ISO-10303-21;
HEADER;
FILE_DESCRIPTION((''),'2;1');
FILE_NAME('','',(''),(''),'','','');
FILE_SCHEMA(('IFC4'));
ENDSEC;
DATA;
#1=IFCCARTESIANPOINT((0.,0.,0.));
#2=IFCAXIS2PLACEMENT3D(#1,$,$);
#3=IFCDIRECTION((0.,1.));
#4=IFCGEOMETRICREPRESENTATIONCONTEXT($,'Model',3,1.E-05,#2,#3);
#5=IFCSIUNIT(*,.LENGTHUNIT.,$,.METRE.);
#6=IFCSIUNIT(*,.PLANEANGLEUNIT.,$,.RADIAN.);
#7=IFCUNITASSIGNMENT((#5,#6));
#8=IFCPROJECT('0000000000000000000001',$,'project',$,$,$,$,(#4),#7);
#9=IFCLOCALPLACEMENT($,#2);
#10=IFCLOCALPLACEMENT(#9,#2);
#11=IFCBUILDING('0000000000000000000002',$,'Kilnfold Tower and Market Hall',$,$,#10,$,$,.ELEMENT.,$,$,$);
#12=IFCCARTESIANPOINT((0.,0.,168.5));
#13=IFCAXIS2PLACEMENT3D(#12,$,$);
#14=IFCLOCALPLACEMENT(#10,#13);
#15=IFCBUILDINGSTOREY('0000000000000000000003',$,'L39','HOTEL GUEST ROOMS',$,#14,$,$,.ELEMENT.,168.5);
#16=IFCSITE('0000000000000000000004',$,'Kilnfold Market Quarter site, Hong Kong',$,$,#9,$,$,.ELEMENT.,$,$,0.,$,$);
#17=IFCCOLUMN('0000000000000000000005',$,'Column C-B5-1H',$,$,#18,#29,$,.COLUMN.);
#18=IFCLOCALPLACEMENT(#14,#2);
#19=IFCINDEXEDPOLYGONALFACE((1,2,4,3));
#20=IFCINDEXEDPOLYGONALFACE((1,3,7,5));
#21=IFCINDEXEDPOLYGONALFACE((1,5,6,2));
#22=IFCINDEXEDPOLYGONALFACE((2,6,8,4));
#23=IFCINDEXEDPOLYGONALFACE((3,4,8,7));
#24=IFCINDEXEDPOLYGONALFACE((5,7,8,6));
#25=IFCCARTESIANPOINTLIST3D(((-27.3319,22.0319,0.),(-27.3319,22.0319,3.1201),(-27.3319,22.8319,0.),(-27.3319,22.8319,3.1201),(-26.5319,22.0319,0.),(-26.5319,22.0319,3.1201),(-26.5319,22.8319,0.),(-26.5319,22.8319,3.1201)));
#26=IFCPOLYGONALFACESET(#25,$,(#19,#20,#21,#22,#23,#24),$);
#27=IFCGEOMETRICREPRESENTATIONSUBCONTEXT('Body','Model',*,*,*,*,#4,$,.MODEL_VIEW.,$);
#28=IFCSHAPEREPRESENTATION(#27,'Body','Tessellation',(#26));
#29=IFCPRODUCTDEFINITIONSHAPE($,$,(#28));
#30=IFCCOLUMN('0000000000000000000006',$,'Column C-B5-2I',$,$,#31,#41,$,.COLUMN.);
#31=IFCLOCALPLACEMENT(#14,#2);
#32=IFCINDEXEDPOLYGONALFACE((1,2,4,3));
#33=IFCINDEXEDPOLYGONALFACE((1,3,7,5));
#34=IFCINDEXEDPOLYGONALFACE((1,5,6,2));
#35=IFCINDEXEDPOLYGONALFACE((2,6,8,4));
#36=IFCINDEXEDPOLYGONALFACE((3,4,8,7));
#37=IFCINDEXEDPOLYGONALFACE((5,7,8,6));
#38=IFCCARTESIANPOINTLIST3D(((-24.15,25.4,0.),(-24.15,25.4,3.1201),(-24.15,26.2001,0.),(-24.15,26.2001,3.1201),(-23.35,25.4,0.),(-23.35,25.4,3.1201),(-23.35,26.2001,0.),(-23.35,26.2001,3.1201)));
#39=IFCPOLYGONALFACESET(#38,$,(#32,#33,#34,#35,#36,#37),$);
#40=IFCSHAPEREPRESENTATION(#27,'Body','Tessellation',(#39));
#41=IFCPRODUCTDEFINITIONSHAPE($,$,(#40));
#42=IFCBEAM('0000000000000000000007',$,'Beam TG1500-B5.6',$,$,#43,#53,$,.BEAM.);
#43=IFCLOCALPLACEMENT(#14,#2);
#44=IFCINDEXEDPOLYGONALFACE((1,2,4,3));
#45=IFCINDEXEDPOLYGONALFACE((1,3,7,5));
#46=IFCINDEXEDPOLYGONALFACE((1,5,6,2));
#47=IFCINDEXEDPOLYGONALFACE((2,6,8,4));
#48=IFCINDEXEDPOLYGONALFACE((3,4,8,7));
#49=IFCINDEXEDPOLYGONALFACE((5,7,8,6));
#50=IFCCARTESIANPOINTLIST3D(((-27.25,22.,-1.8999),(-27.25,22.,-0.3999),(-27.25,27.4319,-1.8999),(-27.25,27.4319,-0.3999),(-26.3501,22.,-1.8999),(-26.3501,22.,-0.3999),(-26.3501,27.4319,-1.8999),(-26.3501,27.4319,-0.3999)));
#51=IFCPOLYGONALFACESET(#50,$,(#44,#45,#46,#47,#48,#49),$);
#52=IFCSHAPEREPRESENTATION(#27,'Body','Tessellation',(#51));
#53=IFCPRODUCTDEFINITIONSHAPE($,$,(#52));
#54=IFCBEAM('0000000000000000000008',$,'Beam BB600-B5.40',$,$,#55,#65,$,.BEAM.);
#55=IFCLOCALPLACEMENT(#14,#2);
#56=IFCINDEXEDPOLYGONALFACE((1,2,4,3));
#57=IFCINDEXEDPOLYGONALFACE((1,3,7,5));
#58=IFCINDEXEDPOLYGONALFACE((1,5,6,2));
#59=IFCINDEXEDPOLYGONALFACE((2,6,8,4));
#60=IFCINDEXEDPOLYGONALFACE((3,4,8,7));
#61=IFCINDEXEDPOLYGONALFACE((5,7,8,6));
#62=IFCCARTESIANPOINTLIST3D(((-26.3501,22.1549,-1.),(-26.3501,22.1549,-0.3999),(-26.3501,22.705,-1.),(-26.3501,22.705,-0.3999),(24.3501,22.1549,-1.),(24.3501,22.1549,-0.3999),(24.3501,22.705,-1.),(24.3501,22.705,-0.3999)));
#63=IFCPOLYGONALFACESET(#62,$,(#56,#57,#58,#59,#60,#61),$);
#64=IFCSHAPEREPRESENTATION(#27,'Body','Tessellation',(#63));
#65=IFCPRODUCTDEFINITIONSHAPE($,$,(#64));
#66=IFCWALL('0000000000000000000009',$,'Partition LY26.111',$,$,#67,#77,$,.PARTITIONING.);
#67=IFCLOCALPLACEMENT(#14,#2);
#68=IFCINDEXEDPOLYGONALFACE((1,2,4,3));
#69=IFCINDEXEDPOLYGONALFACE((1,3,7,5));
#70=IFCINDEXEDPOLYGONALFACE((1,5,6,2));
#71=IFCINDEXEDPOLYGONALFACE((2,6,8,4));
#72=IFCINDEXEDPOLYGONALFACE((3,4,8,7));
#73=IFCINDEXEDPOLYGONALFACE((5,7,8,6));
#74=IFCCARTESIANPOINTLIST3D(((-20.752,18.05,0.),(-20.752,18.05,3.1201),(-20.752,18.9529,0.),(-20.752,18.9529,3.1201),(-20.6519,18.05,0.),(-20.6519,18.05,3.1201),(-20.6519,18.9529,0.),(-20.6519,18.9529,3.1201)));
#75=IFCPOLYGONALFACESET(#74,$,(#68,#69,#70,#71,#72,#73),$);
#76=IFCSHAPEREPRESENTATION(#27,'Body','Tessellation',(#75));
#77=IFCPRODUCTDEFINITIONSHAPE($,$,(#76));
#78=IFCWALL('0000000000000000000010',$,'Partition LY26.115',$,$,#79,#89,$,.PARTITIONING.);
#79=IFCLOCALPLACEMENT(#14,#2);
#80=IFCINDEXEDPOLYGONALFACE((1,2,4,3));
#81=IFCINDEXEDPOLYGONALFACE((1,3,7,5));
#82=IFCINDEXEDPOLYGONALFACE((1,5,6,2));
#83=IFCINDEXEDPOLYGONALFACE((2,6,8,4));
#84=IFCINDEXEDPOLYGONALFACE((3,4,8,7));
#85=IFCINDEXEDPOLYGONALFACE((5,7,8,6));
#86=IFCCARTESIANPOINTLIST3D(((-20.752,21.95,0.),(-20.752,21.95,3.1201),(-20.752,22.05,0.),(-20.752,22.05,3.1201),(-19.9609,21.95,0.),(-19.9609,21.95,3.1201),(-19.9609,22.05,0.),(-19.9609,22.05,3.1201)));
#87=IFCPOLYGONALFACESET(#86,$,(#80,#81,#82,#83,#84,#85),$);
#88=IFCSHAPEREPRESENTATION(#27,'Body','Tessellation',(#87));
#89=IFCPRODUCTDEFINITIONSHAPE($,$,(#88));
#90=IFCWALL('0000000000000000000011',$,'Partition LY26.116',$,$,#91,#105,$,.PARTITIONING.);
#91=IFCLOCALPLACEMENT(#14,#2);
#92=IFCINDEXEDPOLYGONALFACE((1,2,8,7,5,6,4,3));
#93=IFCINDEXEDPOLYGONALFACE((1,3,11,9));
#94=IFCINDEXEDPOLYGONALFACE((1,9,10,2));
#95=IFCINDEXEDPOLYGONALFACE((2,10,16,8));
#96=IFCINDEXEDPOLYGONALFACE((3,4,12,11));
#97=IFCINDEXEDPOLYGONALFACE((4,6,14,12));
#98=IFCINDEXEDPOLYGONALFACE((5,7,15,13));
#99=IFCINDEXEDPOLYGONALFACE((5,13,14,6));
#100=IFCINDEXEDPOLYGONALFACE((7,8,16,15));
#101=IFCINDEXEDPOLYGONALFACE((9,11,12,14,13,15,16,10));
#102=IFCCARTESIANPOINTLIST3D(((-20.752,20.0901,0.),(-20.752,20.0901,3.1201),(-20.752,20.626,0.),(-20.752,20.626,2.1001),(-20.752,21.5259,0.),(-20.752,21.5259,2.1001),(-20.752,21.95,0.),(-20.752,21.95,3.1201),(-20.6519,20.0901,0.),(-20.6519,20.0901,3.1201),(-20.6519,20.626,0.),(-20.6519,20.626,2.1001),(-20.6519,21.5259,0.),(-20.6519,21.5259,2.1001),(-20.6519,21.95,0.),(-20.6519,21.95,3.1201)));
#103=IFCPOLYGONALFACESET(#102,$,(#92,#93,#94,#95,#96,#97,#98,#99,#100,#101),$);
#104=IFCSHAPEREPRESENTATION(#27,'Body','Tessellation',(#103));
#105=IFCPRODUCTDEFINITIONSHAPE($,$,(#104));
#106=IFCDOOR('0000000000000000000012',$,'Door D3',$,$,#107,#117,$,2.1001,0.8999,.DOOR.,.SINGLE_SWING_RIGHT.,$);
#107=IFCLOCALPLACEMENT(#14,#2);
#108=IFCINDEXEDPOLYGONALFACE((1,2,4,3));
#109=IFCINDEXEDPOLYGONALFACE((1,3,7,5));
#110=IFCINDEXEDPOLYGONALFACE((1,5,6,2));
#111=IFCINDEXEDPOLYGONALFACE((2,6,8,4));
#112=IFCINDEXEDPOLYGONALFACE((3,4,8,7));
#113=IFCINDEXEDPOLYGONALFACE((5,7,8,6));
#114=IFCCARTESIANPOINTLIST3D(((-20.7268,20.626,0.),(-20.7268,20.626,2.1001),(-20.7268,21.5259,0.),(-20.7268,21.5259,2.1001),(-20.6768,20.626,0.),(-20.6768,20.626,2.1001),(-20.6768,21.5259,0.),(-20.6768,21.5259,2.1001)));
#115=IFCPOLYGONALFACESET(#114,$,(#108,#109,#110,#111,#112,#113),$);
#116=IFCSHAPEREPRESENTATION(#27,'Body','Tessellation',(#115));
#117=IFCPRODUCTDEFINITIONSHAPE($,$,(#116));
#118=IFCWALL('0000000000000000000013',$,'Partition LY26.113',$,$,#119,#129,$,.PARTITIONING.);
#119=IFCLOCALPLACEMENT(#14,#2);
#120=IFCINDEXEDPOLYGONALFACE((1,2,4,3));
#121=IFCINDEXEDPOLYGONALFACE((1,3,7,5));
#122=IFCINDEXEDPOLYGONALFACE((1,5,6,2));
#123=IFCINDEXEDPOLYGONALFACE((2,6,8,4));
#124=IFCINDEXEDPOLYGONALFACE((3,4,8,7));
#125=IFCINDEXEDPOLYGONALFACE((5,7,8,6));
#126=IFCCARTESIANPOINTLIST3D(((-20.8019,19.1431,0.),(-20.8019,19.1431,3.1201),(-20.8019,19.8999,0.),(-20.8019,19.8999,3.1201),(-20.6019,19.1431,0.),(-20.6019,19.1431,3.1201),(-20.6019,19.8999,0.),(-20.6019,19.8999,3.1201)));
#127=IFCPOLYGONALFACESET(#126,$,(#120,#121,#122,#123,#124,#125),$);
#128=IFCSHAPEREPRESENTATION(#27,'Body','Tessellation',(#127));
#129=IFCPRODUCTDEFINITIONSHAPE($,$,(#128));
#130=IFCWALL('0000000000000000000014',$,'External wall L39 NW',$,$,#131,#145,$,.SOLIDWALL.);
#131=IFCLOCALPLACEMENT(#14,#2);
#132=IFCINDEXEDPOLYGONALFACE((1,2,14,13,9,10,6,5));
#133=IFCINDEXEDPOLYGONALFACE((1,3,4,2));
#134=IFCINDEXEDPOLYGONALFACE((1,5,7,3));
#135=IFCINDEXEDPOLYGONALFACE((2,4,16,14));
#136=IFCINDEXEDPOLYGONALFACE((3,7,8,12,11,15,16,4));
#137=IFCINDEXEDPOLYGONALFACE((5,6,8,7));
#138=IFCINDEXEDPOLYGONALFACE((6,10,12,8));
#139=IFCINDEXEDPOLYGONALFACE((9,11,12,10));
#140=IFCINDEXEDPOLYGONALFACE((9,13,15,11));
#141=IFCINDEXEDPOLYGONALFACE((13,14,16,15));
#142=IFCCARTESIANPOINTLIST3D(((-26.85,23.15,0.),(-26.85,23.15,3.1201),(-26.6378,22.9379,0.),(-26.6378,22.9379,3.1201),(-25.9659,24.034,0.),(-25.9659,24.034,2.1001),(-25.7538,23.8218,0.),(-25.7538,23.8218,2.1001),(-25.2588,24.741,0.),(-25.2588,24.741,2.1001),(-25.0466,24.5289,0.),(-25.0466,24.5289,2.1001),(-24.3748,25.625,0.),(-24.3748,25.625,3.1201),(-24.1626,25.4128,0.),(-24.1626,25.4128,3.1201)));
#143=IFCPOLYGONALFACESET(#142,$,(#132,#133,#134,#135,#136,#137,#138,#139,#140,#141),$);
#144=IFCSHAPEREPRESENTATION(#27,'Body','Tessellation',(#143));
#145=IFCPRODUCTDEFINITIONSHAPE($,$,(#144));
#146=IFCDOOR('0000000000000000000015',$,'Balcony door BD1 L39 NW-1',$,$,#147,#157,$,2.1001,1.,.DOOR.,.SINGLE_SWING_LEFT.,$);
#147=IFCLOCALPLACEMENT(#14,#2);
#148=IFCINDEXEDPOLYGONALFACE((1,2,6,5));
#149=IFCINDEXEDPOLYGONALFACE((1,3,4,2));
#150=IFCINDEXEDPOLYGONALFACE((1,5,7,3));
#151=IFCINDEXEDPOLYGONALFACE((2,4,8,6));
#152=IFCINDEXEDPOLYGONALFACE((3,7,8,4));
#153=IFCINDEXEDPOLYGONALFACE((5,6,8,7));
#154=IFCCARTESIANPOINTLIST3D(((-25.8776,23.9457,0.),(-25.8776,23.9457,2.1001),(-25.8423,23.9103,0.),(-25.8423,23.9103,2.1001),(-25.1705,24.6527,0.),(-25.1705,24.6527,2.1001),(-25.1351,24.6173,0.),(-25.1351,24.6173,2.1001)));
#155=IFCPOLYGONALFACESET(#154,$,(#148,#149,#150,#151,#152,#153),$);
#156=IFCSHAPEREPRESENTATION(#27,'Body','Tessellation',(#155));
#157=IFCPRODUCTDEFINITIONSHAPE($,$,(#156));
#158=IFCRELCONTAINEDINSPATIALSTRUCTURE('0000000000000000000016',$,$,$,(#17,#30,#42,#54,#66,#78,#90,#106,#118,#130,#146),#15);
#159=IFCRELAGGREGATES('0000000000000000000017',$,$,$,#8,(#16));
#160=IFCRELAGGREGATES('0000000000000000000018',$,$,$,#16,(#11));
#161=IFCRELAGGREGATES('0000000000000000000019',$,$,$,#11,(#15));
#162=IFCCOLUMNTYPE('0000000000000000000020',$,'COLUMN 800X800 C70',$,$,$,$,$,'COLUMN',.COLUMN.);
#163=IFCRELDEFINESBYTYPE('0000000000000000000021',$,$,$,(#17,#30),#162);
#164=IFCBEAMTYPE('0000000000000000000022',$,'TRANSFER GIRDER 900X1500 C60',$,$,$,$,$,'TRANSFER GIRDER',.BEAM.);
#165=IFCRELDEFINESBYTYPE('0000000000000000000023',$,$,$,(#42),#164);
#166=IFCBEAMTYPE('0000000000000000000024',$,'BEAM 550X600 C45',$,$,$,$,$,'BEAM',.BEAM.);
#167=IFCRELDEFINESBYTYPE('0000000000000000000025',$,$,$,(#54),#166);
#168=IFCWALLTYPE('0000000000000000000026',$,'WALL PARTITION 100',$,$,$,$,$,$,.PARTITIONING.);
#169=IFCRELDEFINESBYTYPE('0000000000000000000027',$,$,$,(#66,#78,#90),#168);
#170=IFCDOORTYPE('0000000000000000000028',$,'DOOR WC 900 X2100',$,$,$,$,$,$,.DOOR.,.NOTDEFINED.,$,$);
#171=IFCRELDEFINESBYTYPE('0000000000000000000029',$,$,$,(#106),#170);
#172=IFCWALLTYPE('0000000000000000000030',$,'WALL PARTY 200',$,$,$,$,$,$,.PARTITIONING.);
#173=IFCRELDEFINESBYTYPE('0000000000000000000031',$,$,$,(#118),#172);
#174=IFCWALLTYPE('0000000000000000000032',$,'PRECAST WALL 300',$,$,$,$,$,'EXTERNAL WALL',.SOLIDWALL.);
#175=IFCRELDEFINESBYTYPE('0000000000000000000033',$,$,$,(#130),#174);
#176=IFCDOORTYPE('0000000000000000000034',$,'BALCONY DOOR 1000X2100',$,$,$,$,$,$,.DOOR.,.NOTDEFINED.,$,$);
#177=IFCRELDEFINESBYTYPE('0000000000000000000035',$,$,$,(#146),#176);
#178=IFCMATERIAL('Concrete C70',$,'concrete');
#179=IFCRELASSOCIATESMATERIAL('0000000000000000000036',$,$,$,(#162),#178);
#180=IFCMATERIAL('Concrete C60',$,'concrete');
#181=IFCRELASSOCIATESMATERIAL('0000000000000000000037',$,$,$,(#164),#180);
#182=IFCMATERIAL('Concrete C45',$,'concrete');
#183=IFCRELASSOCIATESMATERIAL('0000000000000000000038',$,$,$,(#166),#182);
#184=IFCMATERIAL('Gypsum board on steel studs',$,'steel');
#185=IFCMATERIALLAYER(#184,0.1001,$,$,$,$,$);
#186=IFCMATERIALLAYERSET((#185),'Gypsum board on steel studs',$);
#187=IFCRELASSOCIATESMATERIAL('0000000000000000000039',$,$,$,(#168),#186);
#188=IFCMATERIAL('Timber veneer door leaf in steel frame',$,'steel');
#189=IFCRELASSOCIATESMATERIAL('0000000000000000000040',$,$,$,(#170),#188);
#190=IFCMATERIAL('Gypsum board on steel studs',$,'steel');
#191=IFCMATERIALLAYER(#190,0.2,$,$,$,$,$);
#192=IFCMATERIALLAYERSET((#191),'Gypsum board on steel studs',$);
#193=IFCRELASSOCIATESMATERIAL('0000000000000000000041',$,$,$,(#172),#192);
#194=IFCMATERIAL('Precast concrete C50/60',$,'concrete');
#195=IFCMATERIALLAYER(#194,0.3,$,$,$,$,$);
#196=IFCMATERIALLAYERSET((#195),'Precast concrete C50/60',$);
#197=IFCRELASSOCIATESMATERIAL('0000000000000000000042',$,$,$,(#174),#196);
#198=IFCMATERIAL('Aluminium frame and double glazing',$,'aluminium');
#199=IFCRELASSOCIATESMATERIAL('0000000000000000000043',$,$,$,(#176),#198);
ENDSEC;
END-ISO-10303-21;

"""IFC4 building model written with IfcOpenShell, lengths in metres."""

from ifc_helpers import new_model, si_unit, direction, frame, frame_2d, origin, origin_2d, place, context, subcontext, project, spatial, rectangle, extrude, source, transform, mapped, material, layer, layer_set, material_profile, profile_set, type_object, element, fill, save


model = new_model("IFC4")

# Units and contexts
model_context = context("Model", 3, precision=1e-05, world=origin(), true_north=direction((0.0, 1.0)))
body_context = subcontext(model_context, "Body", "Model", "MODEL_VIEW")
ifc_project = project(units=[si_unit("LENGTHUNIT", "METRE"), si_unit("PLANEANGLEUNIT", "RADIAN")], contexts=[model_context])

# Site, building, storey
site_placement = place(None, origin())
site = spatial("IfcSite", under=ifc_project, at=site_placement, Name="Kilnfold Market Quarter site, Hong Kong", CompositionType="ELEMENT", RefElevation=0.0)
building_placement = place(site_placement, origin())
building = spatial("IfcBuilding", under=site, at=building_placement, Name="Kilnfold Tower and Market Hall", CompositionType="ELEMENT")
storey_placement = place(building_placement, frame((0.0, 0.0, 168.5)))
storey = spatial("IfcBuildingStorey", under=building, at=storey_placement, Name="L39", Description="HOTEL GUEST ROOMS", CompositionType="ELEMENT", Elevation=168.5)

# Columns
ifc_material_1 = material(Name="Concrete C70", Category="concrete")
ifc_material_profile_1 = material_profile(ifc_material_1, rectangle(XDim=0.8, YDim=0.8, at=origin_2d()), Name="RC 800x800")
ifc_profile_set_1 = profile_set([ifc_material_profile_1], Name="Concrete C70")
column_type = type_object("IfcColumnType", Name="COLUMN 800X800 C70", ElementType="COLUMN", PredefinedType="COLUMN", material=ifc_profile_set_1)
shared_shape_1 = source(origin(), body_context, "Body", "SweptSolid", [
    extrude(rectangle(XDim=0.8, YDim=0.8, at=origin_2d()), origin(), (0.0, 0.0, 1.0), 3.1201),
])
for number, where, z_axis, x_axis, name in (
    (1, (-26.9319, 22.4319, 0.0), (0.0, 0.0, 1.0), (1.0, 0.0, 0.0), "Column C-B5-1H"),
    (2, (-23.75, 25.8, 0.0), (0.0, 0.0, 1.0), (1.0, 0.0, 0.0), "Column C-B5-2I"),
):
    element("IfcColumn", number, at=place(storey_placement, frame(where, z_axis=z_axis, x_axis=x_axis)), inside=storey, type_object=column_type, Name=name, PredefinedType="COLUMN", context=body_context, shape_type="MappedRepresentation", body=[
        mapped(shared_shape_1, transform((0.0, 0.0, 0.0))),
    ])

# Beams
ifc_material_2 = material(Name="Concrete C60", Category="concrete")
ifc_material_profile_2 = material_profile(ifc_material_2, rectangle(XDim=0.8999, YDim=1.5, at=origin_2d()), Name="RC 900x1500")
ifc_profile_set_2 = profile_set([ifc_material_profile_2], Name="Concrete C60")
beam_type_1 = type_object("IfcBeamType", Name="TRANSFER GIRDER 900X1500 C60", ElementType="TRANSFER GIRDER", PredefinedType="BEAM", material=ifc_profile_set_2)
shared_shape_2 = source(origin(), body_context, "Body", "SweptSolid", [
    extrude(rectangle(XDim=0.8999, YDim=1.5, at=origin_2d()), origin(), (0.0, 0.0, 1.0), 5.4319),
])
beam_1_placement = place(storey_placement, frame((-26.8, 22.0, -1.1499), z_axis=(0.0, 1.0, 0.0), x_axis=(-1.0, 0.0, 0.0)))
element("IfcBeam", 3, at=beam_1_placement, inside=storey, type_object=beam_type_1, Name="Beam TG1500-B5.6", PredefinedType="BEAM", context=body_context, shape_type="MappedRepresentation", body=[
    mapped(shared_shape_2, transform((0.0, 0.0, 0.0))),
])
ifc_material_3 = material(Name="Concrete C45", Category="concrete")
ifc_material_profile_3 = material_profile(ifc_material_3, rectangle(XDim=0.55, YDim=0.6001, at=origin_2d()), Name="RC 550x600")
ifc_profile_set_3 = profile_set([ifc_material_profile_3], Name="Concrete C45")
beam_type_2 = type_object("IfcBeamType", Name="BEAM 550X600 C45", ElementType="BEAM", PredefinedType="BEAM", material=ifc_profile_set_3)
shared_shape_3 = source(origin(), body_context, "Body", "SweptSolid", [
    extrude(rectangle(XDim=0.55, YDim=0.6001, at=origin_2d()), origin(), (0.0, 0.0, 1.0), 50.7002),
])
beam_2_placement = place(storey_placement, frame((-26.3501, 22.4299, -0.7), z_axis=(1.0, 0.0, 0.0), x_axis=(0.0, 1.0, 0.0)))
element("IfcBeam", 4, at=beam_2_placement, inside=storey, type_object=beam_type_2, Name="Beam BB600-B5.40", PredefinedType="BEAM", context=body_context, shape_type="MappedRepresentation", body=[
    mapped(shared_shape_3, transform((0.0, 0.0, 0.0))),
])

# Walls
ifc_material_4 = material(Name="Gypsum board on steel studs", Category="steel")
ifc_layer_1 = layer(ifc_material_4, 0.1001)
ifc_layer_set_1 = layer_set([ifc_layer_1], Name="Gypsum board on steel studs")
wall_type_1 = type_object("IfcWallType", Name="WALL PARTITION 100", PredefinedType="PARTITIONING", material=ifc_layer_set_1)
wall_1_placement = place(storey_placement, frame((-20.7019, 18.05, 0.0), z_axis=(0.0, 0.0, 1.0), x_axis=(0.0, 1.0, 0.0)))
element("IfcWall", 5, at=wall_1_placement, inside=storey, type_object=wall_type_1, Name="Partition LY26.111", PredefinedType="PARTITIONING", context=body_context, shape_type="SweptSolid", body=[
    extrude(rectangle(XDim=0.9028, YDim=0.1001, at=frame_2d((0.4514, 0.0))), origin(), (0.0, 0.0, 1.0), 3.1201),
])
wall_2_placement = place(storey_placement, frame((-20.752, 22.0, 0.0), z_axis=(0.0, 0.0, 1.0), x_axis=(1.0, 0.0, 0.0)))
element("IfcWall", 6, at=wall_2_placement, inside=storey, type_object=wall_type_1, Name="Partition LY26.115", PredefinedType="PARTITIONING", context=body_context, shape_type="SweptSolid", body=[
    extrude(rectangle(XDim=0.791, YDim=0.1001, at=frame_2d((0.3955, 0.0))), origin(), (0.0, 0.0, 1.0), 3.1201),
])

# Wall, opening, door
wall_3_placement = place(storey_placement, frame((-20.7019, 20.0901, 0.0), z_axis=(0.0, 0.0, 1.0), x_axis=(0.0, 1.0, 0.0)))
wall_3 = element("IfcWall", 7, at=wall_3_placement, inside=storey, type_object=wall_type_1, Name="Partition LY26.116", PredefinedType="PARTITIONING", context=body_context, shape_type="SweptSolid", body=[
    extrude(rectangle(XDim=1.8599, YDim=0.1001, at=frame_2d((0.9299, 0.0))), origin(), (0.0, 0.0, 1.0), 3.1201),
])
opening_1_placement = place(wall_3_placement, frame((0.5359, 0.0, 0.0)))
opening_1 = element("IfcOpeningElement", 8, at=opening_1_placement, cuts=wall_3, PredefinedType="OPENING", context=body_context, shape_type="SweptSolid", body=[
    extrude(rectangle(XDim=0.8999, YDim=2.1001, at=frame_2d((0.45, 1.05))), frame((0.0, 0.0601, 0.0), z_axis=(0.0, -1.0, 0.0), x_axis=(1.0, 0.0, 0.0)), (0.0, 0.0, 1.0), 0.1201),
])
ifc_material_5 = material(Name="Timber veneer door leaf in steel frame", Category="steel")
door_type_1 = type_object("IfcDoorType", Name="DOOR WC 900 X2100", OperationType="NOTDEFINED", PredefinedType="DOOR", material=ifc_material_5)
door_1_placement = place(opening_1_placement, origin())
door_1 = element("IfcDoor", 9, at=door_1_placement, inside=storey, type_object=door_type_1, Name="Door D3", OperationType="SINGLE_SWING_RIGHT", OverallHeight=2.1001, OverallWidth=0.8999, PredefinedType="DOOR", context=body_context, shape_type="SweptSolid", body=[
    extrude(rectangle(XDim=0.8999, YDim=2.1001, at=frame_2d((0.45, 1.05))), frame((0.0, 0.0249, 0.0), z_axis=(0.0, -1.0, 0.0), x_axis=(1.0, 0.0, 0.0)), (0.0, 0.0, 1.0), 0.05),
])
fill(opening_1, door_1)

# Wall
ifc_material_6 = material(Name="Gypsum board on steel studs", Category="steel")
ifc_layer_2 = layer(ifc_material_6, 0.2)
ifc_layer_set_2 = layer_set([ifc_layer_2], Name="Gypsum board on steel studs")
wall_type_2 = type_object("IfcWallType", Name="WALL PARTY 200", PredefinedType="PARTITIONING", material=ifc_layer_set_2)
wall_4_placement = place(storey_placement, frame((-20.7019, 19.8999, 0.0), z_axis=(0.0, 0.0, 1.0), x_axis=(0.0, -1.0, 0.0)))
element("IfcWall", 10, at=wall_4_placement, inside=storey, type_object=wall_type_2, Name="Partition LY26.113", PredefinedType="PARTITIONING", context=body_context, shape_type="SweptSolid", body=[
    extrude(rectangle(XDim=0.7568, YDim=0.2, at=frame_2d((0.3784, 0.0))), origin(), (0.0, 0.0, 1.0), 3.1201),
])

# Wall, opening, door
ifc_material_7 = material(Name="Precast concrete C50/60", Category="concrete")
ifc_layer_3 = layer(ifc_material_7, 0.3)
ifc_layer_set_3 = layer_set([ifc_layer_3], Name="Precast concrete C50/60")
wall_type_3 = type_object("IfcWallType", Name="PRECAST WALL 300", ElementType="EXTERNAL WALL", PredefinedType="SOLIDWALL", material=ifc_layer_set_3)
shared_shape_4 = source(origin(), body_context, "Body", "SweptSolid", [
    extrude(rectangle(XDim=3.5002, YDim=0.3, at=frame_2d((1.75, 0.0))), origin(), (0.0, 0.0, 1.0), 3.1201),
])
wall_5_placement = place(storey_placement, frame((-24.2688, 25.5188, 0.0), z_axis=(0.0, 0.0, 1.0), x_axis=(-0.707142, -0.707072, 0.0)))
wall_5 = element("IfcWall", 11, at=wall_5_placement, inside=storey, type_object=wall_type_3, Name="External wall L39 NW", PredefinedType="SOLIDWALL", context=body_context, shape_type="MappedRepresentation", body=[
    mapped(shared_shape_4, transform((0.0, 0.0, 0.0))),
])
opening_2_placement = place(wall_5_placement, frame((1.25, 0.0, 0.0)))
opening_2 = element("IfcOpeningElement", 12, at=opening_2_placement, cuts=wall_5, PredefinedType="OPENING", context=body_context, shape_type="SweptSolid", body=[
    extrude(rectangle(XDim=1.0, YDim=2.1001, at=frame_2d((0.5, 1.05))), frame((0.0, 0.1602, 0.0), z_axis=(0.0, -1.0, 0.0), x_axis=(1.0, 0.0, 0.0)), (0.0, 0.0, 1.0), 0.3201),
])
ifc_material_8 = material(Name="Aluminium frame and double glazing", Category="aluminium")
door_type_2 = type_object("IfcDoorType", Name="BALCONY DOOR 1000X2100", OperationType="NOTDEFINED", PredefinedType="DOOR", material=ifc_material_8)
door_2_placement = place(opening_2_placement, origin())
door_2 = element("IfcDoor", 13, at=door_2_placement, inside=storey, type_object=door_type_2, Name="Balcony door BD1 L39 NW-1", OperationType="SINGLE_SWING_LEFT", OverallHeight=2.1001, OverallWidth=1.0, PredefinedType="DOOR", context=body_context, shape_type="SweptSolid", body=[
    extrude(rectangle(XDim=1.0, YDim=2.1001, at=frame_2d((0.5, 1.05))), frame((0.0, 0.0249, 0.0), z_axis=(0.0, -1.0, 0.0), x_axis=(1.0, 0.0, 0.0)), (0.0, 0.0, 1.0), 0.05),
])
fill(opening_2, door_2)

save(model, "model.ifc")
